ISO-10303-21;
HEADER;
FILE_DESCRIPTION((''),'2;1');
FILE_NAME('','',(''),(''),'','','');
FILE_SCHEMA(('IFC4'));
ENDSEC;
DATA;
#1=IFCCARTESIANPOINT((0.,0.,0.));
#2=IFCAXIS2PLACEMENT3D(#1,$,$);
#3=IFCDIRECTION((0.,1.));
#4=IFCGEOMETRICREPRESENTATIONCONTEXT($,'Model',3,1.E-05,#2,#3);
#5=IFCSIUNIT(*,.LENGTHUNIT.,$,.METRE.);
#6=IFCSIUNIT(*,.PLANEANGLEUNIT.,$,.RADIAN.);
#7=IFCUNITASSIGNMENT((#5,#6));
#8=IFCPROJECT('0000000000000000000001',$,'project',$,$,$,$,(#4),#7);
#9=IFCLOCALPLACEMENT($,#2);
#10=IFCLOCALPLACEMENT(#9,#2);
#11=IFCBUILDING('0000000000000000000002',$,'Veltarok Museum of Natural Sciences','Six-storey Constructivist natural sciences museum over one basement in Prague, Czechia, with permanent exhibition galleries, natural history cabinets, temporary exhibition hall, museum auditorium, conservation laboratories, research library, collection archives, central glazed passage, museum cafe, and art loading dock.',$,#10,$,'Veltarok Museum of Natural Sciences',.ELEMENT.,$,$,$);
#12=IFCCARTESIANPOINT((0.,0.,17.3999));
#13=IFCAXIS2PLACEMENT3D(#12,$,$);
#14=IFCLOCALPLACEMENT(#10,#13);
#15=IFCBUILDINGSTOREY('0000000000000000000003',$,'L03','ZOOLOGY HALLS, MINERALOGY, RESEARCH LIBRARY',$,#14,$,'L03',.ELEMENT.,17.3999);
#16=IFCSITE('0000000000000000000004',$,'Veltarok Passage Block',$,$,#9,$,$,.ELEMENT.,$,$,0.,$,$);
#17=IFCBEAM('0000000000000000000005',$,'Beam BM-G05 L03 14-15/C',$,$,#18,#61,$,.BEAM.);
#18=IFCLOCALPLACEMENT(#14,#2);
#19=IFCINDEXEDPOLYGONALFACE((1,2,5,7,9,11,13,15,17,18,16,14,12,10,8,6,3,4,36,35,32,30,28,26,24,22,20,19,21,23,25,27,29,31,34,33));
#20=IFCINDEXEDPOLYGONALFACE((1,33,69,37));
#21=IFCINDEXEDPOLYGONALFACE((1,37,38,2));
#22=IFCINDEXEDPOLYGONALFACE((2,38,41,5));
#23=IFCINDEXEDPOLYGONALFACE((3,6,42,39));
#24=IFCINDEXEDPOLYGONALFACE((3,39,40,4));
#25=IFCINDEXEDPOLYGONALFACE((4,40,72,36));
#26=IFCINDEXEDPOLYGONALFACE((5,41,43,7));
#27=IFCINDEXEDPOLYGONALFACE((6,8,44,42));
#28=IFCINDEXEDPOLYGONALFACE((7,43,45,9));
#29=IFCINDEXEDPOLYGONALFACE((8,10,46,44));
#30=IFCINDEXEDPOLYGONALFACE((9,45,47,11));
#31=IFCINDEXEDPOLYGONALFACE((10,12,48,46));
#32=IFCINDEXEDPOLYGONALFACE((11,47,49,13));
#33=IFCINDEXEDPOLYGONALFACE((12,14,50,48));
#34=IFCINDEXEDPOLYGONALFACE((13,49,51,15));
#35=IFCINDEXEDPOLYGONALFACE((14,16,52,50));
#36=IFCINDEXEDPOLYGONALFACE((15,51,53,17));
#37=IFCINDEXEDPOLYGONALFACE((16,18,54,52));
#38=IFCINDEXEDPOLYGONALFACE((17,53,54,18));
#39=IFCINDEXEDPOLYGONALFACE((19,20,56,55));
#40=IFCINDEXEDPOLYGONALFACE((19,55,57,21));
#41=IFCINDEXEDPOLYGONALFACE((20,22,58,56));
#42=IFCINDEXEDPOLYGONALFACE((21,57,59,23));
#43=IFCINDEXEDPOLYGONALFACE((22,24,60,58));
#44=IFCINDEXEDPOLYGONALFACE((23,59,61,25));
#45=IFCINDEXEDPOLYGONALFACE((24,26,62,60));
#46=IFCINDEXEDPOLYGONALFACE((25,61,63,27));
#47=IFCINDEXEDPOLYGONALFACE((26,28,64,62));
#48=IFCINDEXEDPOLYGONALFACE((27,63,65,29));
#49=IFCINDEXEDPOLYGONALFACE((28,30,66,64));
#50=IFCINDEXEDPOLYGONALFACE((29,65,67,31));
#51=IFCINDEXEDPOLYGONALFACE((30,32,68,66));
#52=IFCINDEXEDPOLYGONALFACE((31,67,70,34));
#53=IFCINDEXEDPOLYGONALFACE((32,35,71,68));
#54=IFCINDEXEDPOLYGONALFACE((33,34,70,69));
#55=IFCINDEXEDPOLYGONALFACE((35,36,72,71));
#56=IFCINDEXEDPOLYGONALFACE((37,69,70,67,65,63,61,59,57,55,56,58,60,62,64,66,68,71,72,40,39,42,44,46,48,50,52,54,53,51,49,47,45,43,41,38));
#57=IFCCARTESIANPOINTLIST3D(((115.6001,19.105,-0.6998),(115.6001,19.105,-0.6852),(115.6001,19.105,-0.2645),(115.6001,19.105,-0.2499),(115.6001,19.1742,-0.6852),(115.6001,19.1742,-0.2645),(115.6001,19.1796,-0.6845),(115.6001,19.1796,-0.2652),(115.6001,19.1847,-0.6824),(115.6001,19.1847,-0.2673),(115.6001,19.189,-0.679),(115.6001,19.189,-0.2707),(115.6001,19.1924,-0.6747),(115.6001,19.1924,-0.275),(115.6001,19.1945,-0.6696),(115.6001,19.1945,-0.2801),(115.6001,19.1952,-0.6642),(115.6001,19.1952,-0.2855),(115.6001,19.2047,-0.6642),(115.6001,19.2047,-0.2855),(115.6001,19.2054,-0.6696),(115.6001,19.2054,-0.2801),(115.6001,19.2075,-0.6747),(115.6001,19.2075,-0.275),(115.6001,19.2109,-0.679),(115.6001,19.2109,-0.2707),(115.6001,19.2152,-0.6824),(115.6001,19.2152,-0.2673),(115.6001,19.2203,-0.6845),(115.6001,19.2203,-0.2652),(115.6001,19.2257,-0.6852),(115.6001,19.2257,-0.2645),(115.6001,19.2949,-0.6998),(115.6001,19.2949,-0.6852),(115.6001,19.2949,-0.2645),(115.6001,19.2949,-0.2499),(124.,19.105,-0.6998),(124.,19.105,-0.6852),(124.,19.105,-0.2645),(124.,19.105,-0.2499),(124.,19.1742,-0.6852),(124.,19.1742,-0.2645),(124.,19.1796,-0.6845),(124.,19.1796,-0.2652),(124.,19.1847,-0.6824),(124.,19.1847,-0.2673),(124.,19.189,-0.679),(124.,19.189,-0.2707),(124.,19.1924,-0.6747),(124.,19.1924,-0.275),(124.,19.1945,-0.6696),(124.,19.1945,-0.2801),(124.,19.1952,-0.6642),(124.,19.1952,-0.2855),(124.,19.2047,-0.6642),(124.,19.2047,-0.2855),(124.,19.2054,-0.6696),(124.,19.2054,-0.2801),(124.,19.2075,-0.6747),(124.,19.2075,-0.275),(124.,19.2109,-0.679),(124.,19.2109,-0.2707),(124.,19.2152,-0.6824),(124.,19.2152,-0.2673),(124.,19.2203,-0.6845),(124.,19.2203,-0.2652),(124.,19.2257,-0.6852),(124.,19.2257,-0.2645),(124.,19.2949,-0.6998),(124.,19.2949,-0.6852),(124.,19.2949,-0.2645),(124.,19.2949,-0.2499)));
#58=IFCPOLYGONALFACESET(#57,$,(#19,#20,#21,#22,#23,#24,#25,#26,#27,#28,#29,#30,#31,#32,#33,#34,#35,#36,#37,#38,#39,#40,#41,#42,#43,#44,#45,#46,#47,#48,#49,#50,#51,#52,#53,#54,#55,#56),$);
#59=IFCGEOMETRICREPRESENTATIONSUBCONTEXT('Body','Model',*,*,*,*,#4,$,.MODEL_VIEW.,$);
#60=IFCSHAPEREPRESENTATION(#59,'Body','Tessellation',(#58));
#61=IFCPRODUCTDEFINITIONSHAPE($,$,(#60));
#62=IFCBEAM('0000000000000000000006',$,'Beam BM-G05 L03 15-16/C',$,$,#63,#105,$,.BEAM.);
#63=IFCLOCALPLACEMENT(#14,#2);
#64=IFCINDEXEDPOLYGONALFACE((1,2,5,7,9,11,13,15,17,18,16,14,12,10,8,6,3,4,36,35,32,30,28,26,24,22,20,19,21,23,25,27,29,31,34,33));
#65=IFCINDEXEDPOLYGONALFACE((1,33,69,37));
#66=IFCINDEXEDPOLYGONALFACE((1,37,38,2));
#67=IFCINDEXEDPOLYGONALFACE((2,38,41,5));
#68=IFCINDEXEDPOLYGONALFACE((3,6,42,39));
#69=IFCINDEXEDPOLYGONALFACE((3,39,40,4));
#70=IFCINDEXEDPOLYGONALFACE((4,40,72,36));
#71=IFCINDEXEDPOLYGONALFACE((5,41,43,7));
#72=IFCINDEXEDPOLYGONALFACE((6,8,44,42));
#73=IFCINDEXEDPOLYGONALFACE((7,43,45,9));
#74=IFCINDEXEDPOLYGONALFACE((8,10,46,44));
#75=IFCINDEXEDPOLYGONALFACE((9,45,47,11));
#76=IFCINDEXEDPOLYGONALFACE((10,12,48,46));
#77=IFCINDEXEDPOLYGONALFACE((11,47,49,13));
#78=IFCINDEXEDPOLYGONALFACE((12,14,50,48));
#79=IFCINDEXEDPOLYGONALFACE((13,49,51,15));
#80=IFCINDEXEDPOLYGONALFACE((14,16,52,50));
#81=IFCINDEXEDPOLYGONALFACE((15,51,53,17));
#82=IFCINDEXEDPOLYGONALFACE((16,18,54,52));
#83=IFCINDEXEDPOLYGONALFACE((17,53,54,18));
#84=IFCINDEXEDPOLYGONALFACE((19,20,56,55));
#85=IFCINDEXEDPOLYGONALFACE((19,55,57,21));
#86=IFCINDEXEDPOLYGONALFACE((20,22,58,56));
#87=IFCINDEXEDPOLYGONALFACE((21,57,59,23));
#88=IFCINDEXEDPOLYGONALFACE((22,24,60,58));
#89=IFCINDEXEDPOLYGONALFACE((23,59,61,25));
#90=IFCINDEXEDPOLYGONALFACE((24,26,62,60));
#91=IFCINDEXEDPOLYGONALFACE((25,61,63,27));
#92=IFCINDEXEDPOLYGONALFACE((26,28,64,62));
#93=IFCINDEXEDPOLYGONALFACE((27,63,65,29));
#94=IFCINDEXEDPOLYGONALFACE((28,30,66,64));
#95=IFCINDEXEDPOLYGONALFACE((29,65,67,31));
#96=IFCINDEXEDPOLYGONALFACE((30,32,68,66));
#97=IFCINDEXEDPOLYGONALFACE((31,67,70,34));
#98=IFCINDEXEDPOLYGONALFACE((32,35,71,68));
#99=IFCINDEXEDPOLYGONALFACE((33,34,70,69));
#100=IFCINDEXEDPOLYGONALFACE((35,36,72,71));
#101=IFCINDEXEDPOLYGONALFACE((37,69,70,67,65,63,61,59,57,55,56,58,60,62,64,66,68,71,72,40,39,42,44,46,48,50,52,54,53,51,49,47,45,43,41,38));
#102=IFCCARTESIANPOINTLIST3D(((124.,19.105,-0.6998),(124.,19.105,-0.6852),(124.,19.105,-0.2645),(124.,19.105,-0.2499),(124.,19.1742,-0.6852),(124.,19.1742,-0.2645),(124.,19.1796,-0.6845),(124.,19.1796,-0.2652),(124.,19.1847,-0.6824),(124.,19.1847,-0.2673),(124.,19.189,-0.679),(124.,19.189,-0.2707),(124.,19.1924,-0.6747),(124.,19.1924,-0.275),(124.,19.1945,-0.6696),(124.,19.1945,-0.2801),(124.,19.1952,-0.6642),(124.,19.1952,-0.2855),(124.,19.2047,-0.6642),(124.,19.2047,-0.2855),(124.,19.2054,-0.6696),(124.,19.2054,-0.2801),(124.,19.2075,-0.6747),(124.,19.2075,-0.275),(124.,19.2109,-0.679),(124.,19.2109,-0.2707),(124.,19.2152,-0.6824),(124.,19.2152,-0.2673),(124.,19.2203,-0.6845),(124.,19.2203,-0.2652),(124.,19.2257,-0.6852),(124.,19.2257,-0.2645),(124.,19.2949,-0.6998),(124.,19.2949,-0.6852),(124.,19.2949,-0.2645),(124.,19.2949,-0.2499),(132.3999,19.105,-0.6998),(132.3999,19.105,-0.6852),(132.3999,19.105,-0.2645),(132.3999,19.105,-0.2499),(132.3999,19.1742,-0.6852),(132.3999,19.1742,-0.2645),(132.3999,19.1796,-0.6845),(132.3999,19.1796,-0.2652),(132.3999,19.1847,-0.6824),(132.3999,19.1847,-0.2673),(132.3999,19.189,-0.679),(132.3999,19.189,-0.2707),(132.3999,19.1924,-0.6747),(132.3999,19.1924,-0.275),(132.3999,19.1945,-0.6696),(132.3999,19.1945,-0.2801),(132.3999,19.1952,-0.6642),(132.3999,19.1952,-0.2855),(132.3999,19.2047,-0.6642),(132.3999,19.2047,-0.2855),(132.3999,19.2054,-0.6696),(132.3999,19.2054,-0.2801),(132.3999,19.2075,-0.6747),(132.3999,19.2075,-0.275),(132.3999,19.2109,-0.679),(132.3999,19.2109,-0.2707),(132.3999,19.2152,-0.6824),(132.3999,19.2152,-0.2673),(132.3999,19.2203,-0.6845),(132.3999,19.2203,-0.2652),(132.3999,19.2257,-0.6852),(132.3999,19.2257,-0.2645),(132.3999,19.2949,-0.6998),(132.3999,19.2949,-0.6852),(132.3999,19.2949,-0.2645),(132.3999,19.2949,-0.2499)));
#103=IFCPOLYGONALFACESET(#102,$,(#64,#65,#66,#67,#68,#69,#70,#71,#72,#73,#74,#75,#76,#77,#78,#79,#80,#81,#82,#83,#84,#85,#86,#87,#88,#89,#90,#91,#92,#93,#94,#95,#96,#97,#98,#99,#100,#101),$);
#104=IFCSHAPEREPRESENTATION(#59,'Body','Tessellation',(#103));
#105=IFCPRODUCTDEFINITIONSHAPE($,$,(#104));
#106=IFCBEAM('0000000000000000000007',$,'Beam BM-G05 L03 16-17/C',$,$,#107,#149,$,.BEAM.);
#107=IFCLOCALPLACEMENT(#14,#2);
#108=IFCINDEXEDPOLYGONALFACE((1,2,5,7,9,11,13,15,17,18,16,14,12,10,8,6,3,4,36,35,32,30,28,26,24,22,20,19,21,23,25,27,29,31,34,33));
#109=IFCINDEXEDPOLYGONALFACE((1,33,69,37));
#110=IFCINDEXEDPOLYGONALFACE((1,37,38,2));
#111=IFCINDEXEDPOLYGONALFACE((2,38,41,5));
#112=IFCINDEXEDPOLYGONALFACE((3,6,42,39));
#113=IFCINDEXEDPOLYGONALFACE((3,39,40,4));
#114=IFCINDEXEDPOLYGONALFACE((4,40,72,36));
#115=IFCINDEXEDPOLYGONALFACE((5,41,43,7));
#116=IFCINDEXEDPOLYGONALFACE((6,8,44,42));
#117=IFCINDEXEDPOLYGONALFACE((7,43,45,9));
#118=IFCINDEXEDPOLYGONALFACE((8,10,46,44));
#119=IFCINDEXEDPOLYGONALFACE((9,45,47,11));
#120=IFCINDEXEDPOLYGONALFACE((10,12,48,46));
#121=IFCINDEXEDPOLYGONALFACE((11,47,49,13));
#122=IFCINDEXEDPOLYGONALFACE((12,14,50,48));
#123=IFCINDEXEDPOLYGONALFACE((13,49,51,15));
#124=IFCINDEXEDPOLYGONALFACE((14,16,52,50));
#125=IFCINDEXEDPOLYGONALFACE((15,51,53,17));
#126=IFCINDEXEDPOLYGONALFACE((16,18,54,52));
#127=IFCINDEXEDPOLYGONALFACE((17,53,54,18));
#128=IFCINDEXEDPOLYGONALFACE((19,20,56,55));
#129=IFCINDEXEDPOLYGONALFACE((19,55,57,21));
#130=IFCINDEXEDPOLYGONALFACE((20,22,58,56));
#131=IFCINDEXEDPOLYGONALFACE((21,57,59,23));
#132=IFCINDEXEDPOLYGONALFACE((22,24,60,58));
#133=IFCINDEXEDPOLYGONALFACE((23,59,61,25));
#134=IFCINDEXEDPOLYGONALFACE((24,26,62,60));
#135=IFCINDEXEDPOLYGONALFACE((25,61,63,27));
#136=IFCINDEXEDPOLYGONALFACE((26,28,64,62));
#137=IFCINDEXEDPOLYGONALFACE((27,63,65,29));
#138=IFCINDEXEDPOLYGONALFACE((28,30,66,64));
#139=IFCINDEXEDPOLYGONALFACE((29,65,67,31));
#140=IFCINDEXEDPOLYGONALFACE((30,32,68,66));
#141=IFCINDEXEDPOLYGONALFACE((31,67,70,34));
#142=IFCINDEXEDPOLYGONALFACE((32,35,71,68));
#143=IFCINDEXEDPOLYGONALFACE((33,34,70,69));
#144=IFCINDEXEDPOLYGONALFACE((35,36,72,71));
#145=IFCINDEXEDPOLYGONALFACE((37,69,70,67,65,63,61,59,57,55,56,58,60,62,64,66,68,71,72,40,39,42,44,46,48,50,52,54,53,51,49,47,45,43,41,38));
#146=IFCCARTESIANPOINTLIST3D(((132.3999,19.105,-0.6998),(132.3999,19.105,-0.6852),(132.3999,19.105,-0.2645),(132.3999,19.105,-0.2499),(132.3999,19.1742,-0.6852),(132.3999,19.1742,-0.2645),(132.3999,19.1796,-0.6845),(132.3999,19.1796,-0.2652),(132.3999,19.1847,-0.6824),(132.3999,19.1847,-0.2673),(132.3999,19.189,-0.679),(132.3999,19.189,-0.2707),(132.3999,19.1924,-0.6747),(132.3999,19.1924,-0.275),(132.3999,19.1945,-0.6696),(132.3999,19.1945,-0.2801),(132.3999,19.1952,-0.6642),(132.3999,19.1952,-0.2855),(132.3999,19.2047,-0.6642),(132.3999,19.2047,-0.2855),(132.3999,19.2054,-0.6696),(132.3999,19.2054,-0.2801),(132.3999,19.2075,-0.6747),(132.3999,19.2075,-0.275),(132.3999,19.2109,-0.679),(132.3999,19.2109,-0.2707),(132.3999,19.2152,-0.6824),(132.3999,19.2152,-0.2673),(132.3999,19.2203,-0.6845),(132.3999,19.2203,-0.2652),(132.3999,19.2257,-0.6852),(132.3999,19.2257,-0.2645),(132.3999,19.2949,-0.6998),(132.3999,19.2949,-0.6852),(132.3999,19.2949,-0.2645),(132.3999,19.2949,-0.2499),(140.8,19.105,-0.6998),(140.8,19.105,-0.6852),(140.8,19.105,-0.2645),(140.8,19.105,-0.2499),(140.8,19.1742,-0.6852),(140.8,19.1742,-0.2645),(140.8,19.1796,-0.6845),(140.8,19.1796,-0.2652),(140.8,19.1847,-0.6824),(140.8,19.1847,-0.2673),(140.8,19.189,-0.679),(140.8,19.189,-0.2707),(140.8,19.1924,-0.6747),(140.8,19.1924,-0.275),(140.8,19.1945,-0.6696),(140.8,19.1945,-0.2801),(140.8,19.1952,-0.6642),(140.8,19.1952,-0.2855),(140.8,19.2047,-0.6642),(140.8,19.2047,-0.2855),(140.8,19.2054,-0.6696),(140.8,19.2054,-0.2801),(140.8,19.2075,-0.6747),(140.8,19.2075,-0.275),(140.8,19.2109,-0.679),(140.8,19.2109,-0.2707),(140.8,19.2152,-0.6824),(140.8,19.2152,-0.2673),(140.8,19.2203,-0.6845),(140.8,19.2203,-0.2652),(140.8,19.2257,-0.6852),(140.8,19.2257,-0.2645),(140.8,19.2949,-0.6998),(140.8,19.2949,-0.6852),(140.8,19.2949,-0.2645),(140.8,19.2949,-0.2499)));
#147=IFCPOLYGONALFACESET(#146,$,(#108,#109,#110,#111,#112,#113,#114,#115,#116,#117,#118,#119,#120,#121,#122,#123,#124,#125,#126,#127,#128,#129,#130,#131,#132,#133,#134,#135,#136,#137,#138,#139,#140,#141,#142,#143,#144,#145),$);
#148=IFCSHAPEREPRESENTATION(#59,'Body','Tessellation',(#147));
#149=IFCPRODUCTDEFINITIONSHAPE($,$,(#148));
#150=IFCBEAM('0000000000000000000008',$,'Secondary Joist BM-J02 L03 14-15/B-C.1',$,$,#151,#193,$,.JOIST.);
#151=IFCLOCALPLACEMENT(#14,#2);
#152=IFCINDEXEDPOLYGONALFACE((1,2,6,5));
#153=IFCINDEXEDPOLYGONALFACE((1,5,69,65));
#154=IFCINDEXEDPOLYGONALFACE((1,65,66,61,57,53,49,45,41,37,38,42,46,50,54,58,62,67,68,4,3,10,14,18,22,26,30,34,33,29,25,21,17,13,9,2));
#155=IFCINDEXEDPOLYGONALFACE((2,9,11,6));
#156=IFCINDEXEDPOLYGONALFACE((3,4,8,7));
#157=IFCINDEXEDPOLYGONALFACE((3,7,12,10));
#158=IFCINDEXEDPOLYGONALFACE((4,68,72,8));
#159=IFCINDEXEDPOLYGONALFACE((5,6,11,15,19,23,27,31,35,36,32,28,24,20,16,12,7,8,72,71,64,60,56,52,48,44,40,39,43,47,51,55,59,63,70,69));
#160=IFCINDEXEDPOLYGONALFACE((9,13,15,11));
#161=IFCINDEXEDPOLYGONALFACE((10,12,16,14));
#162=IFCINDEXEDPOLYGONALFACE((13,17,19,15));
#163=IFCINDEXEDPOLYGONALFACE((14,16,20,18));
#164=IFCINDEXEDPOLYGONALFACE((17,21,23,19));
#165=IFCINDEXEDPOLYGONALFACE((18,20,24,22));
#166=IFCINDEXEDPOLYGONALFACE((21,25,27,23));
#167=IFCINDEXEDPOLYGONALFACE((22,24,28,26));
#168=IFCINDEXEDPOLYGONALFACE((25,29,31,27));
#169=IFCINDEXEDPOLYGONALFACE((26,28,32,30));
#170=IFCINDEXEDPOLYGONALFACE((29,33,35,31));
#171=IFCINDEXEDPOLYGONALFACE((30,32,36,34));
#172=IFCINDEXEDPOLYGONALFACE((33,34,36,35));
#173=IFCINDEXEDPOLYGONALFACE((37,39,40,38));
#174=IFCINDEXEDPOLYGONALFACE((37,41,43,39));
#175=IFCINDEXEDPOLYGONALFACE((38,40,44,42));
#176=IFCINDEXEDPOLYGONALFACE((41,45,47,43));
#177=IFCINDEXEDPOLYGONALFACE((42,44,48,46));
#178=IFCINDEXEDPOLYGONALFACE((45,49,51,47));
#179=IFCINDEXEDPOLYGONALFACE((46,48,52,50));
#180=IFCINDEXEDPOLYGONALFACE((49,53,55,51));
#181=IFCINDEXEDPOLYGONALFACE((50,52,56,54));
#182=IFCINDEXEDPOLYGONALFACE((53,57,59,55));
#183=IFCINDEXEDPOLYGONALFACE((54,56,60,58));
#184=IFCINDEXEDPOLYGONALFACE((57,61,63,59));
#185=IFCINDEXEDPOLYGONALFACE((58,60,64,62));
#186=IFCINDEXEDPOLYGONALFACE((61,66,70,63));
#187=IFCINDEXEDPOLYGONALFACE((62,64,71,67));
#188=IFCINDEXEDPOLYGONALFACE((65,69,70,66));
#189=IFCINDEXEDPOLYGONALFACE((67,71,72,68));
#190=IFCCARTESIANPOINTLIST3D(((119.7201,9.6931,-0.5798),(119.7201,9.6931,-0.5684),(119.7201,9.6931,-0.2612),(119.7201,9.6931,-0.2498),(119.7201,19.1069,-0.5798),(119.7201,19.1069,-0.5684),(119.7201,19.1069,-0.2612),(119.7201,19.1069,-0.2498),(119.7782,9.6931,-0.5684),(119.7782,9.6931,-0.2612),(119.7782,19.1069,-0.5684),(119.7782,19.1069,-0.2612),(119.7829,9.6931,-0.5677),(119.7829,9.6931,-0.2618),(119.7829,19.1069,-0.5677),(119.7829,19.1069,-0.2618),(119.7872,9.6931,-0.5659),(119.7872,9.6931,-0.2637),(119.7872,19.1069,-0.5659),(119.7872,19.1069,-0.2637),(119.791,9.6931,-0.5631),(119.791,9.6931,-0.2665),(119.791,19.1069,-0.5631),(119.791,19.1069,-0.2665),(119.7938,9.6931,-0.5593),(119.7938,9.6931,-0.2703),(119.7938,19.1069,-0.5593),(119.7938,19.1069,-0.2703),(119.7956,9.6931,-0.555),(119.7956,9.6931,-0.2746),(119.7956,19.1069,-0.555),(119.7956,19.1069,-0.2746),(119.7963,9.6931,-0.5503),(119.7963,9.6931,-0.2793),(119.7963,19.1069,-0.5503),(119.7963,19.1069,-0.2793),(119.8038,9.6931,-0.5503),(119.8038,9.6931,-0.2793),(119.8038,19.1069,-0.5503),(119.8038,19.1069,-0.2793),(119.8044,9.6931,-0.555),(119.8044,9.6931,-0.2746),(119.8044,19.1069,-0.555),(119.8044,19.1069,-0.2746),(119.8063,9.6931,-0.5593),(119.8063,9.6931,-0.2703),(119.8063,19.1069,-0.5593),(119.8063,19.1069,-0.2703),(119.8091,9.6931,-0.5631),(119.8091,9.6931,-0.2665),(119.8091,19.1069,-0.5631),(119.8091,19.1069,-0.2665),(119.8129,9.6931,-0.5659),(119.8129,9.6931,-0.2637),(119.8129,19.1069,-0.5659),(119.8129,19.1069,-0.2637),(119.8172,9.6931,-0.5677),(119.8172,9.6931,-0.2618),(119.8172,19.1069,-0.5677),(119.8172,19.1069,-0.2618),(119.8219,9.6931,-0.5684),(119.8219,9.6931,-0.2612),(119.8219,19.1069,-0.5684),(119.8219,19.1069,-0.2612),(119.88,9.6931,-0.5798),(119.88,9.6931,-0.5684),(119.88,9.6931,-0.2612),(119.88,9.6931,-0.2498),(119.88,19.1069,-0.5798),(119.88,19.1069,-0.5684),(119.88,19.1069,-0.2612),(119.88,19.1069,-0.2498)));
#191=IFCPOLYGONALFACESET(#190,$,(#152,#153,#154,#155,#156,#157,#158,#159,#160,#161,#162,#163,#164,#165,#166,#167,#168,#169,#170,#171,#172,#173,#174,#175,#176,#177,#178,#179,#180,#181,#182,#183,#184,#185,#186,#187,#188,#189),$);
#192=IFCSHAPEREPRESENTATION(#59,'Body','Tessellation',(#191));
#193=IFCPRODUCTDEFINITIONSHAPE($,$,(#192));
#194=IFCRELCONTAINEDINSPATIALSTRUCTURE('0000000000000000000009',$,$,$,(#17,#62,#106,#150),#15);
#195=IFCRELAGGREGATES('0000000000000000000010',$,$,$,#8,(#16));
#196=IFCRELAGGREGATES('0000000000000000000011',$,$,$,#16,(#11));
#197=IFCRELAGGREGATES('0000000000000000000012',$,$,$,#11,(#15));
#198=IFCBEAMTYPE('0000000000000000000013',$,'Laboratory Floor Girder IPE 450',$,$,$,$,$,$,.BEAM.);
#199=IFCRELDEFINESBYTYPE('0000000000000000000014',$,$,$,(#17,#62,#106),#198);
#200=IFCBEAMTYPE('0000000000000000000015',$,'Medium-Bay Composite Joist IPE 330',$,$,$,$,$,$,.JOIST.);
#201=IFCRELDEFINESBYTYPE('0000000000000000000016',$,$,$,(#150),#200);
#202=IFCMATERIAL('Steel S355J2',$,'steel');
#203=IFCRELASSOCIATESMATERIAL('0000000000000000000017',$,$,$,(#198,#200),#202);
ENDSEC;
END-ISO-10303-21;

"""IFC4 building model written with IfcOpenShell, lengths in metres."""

from ifc_helpers import new_model, si_unit, direction, frame, origin, origin_2d, place, context, subcontext, project, spatial, i_section, extrude, material, material_profile, profile_set, type_object, element, save


model = new_model("IFC4")

# Units and contexts
model_context = context("Model", 3, precision=1e-05, world=origin(), true_north=direction((0.0, 1.0)))
body_context = subcontext(model_context, "Body", "Model", "MODEL_VIEW")
ifc_project = project(units=[si_unit("LENGTHUNIT", "METRE"), si_unit("PLANEANGLEUNIT", "RADIAN")], contexts=[model_context])

# Site, building, storey
site_placement = place(None, origin())
site = spatial("IfcSite", under=ifc_project, at=site_placement, Name="Veltarok Passage Block", CompositionType="ELEMENT", RefElevation=0.0)
building_placement = place(site_placement, origin())
building = spatial("IfcBuilding", under=site, at=building_placement, Name="Veltarok Museum of Natural Sciences", Description="Six-storey Constructivist natural sciences museum over one basement in Prague, Czechia, with permanent exhibition galleries, natural history cabinets, temporary exhibition hall, museum auditorium, conservation laboratories, research library, collection archives, central glazed passage, museum cafe, and art loading dock.", LongName="Veltarok Museum of Natural Sciences", CompositionType="ELEMENT")
storey_placement = place(building_placement, frame((0.0, 0.0, 17.3999)))
storey = spatial("IfcBuildingStorey", under=building, at=storey_placement, Name="L03", Description="ZOOLOGY HALLS, MINERALOGY, RESEARCH LIBRARY", LongName="L03", CompositionType="ELEMENT", Elevation=17.3999)

# Shared definitions
ifc_material_1 = material(Name="Steel S355J2", Category="steel")

# Beams
ifc_material_profile_1 = material_profile(ifc_material_1, i_section(OverallWidth=0.1899, OverallDepth=0.45, WebThickness=0.0095, FlangeThickness=0.0146, FilletRadius=0.021, at=origin_2d()), Name="IPE 450")
ifc_profile_set_1 = profile_set([ifc_material_profile_1], Name="Steel S355J2")
beam_type_1 = type_object("IfcBeamType", Name="Laboratory Floor Girder IPE 450", PredefinedType="BEAM", material=ifc_profile_set_1)
for number, where, z_axis, x_axis, name in (
    (1, (115.6001, 19.2, -0.4749), (1.0, 0.0, 0.0), (0.0, 1.0, 0.0), "Beam BM-G05 L03 14-15/C"),
    (2, (124.0, 19.2, -0.4749), (1.0, 0.0, 0.0), (0.0, 1.0, 0.0), "Beam BM-G05 L03 15-16/C"),
):
    element("IfcBeam", number, at=place(storey_placement, frame(where, z_axis=z_axis, x_axis=x_axis)), inside=storey, type_object=beam_type_1, Name=name, PredefinedType="BEAM", context=body_context, shape_type="SweptSolid", body=[
        extrude(i_section(OverallWidth=0.1899, OverallDepth=0.45, WebThickness=0.0095, FlangeThickness=0.0146, FilletRadius=0.021, at=origin_2d()), origin(), (0.0, 0.0, 1.0), 8.3999),
    ])
beam_1_placement = place(storey_placement, frame((132.3999, 19.2, -0.4749), z_axis=(1.0, 0.0, 0.0), x_axis=(0.0, 1.0, 0.0)))
element("IfcBeam", 3, at=beam_1_placement, inside=storey, type_object=beam_type_1, Name="Beam BM-G05 L03 16-17/C", PredefinedType="BEAM", context=body_context, shape_type="SweptSolid", body=[
    extrude(i_section(OverallWidth=0.1899, OverallDepth=0.45, WebThickness=0.0095, FlangeThickness=0.0146, FilletRadius=0.021, at=origin_2d()), origin(), (0.0, 0.0, 1.0), 8.4001),
])
ifc_material_profile_2 = material_profile(ifc_material_1, i_section(OverallWidth=0.1599, OverallDepth=0.3301, WebThickness=0.0076, FlangeThickness=0.0115, FilletRadius=0.0181, at=origin_2d()), Name="IPE 330")
ifc_profile_set_2 = profile_set([ifc_material_profile_2], Name="Steel S355J2")
beam_type_2 = type_object("IfcBeamType", Name="Medium-Bay Composite Joist IPE 330", PredefinedType="JOIST", material=ifc_profile_set_2)
for number, where, z_axis, x_axis, name in (
    (4, (119.8, 9.6931, -0.4148), (0.0, 1.0, 0.0), (-1.0, 0.0, 0.0), "Secondary Joist BM-J02 L03 14-15/B-C.1"),
):
    element("IfcBeam", number, at=place(storey_placement, frame(where, z_axis=z_axis, x_axis=x_axis)), inside=storey, type_object=beam_type_2, Name=name, PredefinedType="JOIST", context=body_context, shape_type="SweptSolid", body=[
        extrude(i_section(OverallWidth=0.1599, OverallDepth=0.3301, WebThickness=0.0076, FlangeThickness=0.0115, FilletRadius=0.0181, at=origin_2d()), origin(), (0.0, 0.0, 1.0), 9.4138),
    ])

save(model, "model.ifc")
